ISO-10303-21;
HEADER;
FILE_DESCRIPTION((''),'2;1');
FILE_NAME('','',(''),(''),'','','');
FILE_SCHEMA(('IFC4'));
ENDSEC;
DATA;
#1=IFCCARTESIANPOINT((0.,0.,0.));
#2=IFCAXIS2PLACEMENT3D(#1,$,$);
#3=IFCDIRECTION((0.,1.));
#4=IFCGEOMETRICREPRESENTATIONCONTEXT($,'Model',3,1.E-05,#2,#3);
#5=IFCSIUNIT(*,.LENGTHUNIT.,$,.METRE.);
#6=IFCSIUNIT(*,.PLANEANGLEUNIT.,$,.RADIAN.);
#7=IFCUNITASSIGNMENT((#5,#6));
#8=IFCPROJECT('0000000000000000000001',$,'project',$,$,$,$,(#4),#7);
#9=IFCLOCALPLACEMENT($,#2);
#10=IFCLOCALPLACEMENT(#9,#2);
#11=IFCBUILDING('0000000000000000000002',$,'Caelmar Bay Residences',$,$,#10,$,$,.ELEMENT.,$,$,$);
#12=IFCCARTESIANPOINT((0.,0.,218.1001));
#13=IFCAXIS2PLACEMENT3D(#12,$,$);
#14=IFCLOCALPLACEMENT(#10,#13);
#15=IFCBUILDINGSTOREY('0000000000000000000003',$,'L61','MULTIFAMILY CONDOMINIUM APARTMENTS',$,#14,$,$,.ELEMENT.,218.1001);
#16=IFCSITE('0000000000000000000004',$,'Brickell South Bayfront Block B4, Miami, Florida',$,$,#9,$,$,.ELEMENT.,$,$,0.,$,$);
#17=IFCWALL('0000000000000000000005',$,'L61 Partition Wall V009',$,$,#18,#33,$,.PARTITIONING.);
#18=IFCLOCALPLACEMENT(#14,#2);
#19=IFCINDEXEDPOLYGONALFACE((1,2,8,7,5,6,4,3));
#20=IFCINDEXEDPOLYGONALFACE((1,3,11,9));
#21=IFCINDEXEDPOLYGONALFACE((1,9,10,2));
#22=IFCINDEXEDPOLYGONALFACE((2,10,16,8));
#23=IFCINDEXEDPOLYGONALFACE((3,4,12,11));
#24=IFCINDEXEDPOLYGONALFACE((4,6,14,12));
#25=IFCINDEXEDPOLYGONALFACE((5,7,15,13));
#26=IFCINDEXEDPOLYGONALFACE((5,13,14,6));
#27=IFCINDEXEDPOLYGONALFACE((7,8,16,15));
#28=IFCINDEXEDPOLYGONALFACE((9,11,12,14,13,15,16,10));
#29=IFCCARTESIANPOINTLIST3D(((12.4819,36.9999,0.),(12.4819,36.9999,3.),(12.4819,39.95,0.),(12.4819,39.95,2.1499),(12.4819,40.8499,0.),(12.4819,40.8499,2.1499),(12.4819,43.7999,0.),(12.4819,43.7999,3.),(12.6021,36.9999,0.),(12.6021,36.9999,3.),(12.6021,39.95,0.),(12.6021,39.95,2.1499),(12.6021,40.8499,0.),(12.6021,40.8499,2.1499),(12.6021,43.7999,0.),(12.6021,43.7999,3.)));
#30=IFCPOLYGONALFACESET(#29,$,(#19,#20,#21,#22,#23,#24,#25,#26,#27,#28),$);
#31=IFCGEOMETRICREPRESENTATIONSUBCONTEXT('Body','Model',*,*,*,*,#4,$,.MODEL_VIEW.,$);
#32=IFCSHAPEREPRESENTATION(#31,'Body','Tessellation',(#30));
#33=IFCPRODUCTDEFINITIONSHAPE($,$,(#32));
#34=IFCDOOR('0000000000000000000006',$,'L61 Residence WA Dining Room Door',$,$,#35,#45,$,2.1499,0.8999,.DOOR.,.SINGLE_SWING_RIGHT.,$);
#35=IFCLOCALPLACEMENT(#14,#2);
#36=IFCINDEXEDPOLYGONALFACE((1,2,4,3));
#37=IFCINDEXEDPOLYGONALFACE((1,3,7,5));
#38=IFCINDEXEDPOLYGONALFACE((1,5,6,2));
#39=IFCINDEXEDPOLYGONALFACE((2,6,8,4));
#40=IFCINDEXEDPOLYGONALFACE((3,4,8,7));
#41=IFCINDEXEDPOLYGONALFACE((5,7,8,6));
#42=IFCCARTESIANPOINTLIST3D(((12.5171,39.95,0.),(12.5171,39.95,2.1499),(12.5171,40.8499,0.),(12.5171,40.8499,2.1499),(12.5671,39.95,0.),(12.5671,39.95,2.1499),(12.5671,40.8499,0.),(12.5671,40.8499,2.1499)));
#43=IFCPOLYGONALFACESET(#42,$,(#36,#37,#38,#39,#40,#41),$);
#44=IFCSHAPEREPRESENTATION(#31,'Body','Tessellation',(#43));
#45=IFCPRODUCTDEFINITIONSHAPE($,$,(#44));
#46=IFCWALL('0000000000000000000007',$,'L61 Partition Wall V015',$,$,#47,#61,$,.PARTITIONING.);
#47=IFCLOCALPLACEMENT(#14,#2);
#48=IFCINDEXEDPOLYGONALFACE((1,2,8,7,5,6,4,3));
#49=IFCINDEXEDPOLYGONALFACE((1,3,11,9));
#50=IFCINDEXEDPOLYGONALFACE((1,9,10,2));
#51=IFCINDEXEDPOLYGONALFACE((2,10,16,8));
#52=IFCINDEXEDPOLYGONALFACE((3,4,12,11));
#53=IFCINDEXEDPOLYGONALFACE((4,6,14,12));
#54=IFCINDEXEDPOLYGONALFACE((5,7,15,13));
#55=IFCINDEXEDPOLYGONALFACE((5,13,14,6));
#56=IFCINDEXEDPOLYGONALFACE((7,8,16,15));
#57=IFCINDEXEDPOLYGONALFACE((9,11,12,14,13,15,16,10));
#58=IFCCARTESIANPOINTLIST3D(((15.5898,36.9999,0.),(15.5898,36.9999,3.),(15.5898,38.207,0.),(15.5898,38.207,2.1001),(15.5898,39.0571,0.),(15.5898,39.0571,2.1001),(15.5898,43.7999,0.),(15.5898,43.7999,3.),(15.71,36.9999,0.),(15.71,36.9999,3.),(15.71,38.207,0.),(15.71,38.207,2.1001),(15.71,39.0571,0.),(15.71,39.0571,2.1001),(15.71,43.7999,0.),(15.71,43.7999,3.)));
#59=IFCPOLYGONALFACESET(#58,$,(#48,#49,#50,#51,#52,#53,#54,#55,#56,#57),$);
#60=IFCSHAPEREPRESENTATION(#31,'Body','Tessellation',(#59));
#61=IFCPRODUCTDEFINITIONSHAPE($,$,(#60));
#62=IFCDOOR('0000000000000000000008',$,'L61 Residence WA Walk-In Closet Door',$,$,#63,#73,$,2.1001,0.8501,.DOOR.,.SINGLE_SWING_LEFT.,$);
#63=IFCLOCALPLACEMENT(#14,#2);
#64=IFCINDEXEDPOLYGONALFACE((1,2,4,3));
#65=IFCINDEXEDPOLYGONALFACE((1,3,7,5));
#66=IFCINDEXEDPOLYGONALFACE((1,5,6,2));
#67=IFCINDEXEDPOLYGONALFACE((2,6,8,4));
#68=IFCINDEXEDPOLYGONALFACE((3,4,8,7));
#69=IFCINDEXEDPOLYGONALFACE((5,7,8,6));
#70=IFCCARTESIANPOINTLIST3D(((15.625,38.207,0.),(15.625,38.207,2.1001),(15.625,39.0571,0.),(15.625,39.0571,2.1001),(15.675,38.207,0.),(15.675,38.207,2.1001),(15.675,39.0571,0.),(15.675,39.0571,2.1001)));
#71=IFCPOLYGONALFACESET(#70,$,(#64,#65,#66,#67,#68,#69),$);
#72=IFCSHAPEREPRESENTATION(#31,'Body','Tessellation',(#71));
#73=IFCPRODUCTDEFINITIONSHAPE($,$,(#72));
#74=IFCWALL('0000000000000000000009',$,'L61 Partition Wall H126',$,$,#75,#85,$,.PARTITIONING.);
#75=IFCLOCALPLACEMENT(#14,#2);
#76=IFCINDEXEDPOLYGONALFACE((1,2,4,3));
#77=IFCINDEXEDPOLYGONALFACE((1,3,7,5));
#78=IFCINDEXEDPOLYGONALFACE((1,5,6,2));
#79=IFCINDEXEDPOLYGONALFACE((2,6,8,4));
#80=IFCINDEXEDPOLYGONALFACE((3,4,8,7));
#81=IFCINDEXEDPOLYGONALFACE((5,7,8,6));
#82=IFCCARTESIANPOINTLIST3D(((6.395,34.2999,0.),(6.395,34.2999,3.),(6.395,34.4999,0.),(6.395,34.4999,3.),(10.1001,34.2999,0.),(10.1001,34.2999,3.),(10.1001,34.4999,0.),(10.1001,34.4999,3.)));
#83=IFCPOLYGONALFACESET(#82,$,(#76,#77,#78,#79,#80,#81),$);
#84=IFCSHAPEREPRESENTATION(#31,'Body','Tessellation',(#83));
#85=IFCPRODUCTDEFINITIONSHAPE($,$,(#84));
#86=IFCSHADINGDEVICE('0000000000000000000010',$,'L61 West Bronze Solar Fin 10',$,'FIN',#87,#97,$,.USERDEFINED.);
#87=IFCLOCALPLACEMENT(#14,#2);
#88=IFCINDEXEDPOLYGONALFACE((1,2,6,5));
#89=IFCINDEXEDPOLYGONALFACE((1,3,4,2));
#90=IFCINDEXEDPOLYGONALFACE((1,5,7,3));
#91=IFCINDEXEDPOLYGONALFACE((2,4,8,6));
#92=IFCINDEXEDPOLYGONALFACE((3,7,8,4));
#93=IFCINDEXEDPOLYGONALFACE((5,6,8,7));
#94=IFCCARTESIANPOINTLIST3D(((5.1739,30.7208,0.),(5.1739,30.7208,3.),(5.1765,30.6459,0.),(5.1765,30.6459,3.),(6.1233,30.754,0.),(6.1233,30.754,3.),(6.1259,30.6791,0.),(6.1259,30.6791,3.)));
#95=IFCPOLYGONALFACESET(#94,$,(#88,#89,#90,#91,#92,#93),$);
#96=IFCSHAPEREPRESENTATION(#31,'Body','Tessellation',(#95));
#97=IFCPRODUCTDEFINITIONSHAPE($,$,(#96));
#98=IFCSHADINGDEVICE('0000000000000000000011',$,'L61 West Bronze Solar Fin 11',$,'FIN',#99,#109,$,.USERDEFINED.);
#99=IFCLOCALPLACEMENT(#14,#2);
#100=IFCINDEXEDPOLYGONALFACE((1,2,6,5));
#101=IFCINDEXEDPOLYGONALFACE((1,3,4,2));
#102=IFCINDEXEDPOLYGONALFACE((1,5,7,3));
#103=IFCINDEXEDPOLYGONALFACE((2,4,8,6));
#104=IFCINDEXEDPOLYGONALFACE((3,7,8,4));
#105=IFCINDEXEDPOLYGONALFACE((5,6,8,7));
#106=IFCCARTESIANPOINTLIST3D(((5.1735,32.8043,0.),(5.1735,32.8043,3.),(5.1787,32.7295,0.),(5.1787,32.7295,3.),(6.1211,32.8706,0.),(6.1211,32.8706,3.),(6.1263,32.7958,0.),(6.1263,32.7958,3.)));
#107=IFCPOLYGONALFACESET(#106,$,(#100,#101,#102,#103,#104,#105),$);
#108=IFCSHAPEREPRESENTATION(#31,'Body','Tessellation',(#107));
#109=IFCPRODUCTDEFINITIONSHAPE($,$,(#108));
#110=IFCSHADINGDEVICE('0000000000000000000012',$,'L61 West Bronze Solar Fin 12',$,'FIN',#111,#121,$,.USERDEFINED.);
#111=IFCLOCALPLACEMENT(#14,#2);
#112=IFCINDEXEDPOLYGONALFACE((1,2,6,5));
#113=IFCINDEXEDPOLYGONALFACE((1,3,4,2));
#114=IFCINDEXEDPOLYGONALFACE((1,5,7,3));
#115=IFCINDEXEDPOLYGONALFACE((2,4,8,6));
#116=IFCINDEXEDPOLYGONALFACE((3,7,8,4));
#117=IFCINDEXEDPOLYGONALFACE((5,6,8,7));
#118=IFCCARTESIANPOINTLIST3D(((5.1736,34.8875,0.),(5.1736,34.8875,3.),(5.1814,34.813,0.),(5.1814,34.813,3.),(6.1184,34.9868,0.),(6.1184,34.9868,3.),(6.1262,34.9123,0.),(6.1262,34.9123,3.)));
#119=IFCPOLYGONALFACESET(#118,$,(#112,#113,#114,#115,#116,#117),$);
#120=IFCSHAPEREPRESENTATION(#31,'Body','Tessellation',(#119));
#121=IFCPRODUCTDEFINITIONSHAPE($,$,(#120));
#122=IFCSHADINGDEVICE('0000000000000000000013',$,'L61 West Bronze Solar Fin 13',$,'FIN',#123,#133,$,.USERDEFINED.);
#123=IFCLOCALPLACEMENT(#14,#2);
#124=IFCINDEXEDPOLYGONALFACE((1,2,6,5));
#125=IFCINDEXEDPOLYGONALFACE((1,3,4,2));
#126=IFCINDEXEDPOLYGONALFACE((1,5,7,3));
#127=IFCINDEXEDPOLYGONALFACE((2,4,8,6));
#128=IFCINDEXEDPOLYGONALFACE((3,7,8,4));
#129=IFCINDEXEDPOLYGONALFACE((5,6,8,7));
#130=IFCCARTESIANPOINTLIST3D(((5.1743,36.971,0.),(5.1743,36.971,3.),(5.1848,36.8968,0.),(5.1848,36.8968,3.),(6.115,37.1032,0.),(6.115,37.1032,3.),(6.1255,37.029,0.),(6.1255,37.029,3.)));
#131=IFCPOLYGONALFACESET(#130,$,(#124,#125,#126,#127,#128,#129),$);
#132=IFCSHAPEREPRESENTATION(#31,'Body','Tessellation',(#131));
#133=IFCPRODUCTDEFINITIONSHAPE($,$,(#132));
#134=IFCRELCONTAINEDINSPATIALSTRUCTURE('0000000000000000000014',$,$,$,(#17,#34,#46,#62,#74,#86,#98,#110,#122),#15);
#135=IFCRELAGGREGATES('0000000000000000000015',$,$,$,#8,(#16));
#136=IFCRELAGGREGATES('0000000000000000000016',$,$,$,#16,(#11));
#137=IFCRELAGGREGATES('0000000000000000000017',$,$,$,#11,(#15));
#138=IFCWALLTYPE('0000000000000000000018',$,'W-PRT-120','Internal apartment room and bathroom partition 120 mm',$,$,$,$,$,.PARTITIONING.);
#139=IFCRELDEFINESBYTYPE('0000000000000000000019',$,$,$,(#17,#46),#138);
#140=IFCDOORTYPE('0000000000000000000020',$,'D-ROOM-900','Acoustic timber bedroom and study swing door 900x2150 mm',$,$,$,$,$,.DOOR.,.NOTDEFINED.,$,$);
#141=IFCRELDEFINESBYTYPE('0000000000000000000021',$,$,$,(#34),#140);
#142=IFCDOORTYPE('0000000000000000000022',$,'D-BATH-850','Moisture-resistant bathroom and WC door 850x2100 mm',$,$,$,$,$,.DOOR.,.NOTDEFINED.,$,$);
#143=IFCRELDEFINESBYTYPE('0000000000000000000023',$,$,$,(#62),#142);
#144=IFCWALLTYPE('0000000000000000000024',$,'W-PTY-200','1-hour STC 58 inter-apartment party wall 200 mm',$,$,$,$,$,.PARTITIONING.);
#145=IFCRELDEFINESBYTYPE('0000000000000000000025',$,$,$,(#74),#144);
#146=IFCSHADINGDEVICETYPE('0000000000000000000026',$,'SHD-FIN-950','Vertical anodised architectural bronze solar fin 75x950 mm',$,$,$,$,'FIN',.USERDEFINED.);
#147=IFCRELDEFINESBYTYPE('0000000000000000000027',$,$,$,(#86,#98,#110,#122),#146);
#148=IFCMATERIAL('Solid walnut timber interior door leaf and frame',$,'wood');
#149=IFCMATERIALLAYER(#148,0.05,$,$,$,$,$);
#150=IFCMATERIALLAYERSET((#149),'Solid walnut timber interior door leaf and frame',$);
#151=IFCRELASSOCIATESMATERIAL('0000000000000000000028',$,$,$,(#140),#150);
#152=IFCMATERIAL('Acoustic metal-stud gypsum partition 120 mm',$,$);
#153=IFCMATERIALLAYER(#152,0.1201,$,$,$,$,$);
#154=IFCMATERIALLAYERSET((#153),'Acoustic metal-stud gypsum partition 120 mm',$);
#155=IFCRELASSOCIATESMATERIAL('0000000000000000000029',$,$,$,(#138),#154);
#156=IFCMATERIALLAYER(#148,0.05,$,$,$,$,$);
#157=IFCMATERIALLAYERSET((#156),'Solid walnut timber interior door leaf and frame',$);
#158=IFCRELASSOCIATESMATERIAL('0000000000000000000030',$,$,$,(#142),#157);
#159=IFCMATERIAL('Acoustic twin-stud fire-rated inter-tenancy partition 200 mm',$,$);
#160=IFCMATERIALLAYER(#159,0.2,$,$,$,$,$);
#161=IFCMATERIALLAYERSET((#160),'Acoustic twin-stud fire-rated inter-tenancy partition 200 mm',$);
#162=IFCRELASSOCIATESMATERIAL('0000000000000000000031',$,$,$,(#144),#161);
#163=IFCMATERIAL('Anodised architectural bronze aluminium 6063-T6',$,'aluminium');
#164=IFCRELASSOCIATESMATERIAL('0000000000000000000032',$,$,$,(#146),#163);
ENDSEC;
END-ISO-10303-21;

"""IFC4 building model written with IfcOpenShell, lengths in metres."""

from ifc_helpers import new_model, si_unit, direction, frame, frame_2d, origin, origin_2d, place, context, subcontext, project, spatial, rectangle, extrude, material, layer, layer_set, material_profile, profile_set, type_object, element, fill, save


model = new_model("IFC4")

# Units and contexts
model_context = context("Model", 3, precision=1e-05, world=origin(), true_north=direction((0.0, 1.0)))
body_context = subcontext(model_context, "Body", "Model", "MODEL_VIEW")
ifc_project = project(units=[si_unit("LENGTHUNIT", "METRE"), si_unit("PLANEANGLEUNIT", "RADIAN")], contexts=[model_context])

# Site, building, storey
site_placement = place(None, origin())
site = spatial("IfcSite", under=ifc_project, at=site_placement, Name="Brickell South Bayfront Block B4, Miami, Florida", CompositionType="ELEMENT", RefElevation=0.0)
building_placement = place(site_placement, origin())
building = spatial("IfcBuilding", under=site, at=building_placement, Name="Caelmar Bay Residences", CompositionType="ELEMENT")
storey_placement = place(building_placement, frame((0.0, 0.0, 218.1001)))
storey = spatial("IfcBuildingStorey", under=building, at=storey_placement, Name="L61", Description="MULTIFAMILY CONDOMINIUM APARTMENTS", CompositionType="ELEMENT", Elevation=218.1001)

# Walls, openings, doors
ifc_material_1 = material(Name="Solid walnut timber interior door leaf and frame", Category="wood")
ifc_layer_1 = layer(ifc_material_1, 0.05)
ifc_layer_set_1 = layer_set([ifc_layer_1], Name="Solid walnut timber interior door leaf and frame")
door_type_1 = type_object("IfcDoorType", Name="D-ROOM-900", Description="Acoustic timber bedroom and study swing door 900x2150 mm", OperationType="NOTDEFINED", PredefinedType="DOOR", material=ifc_layer_set_1)
ifc_material_2 = material(Name="Acoustic metal-stud gypsum partition 120 mm")
ifc_layer_2 = layer(ifc_material_2, 0.1201)
ifc_layer_set_2 = layer_set([ifc_layer_2], Name="Acoustic metal-stud gypsum partition 120 mm")
wall_type_1 = type_object("IfcWallType", Name="W-PRT-120", Description="Internal apartment room and bathroom partition 120 mm", PredefinedType="PARTITIONING", material=ifc_layer_set_2)
wall_1_placement = place(storey_placement, frame((12.542, 37.0, 0.0), z_axis=(0.0, 0.0, 1.0), x_axis=(0.0, 1.0, 0.0)))
wall_1 = element("IfcWall", 1, at=wall_1_placement, inside=storey, type_object=wall_type_1, Name="L61 Partition Wall V009", PredefinedType="PARTITIONING", context=body_context, shape_type="SweptSolid", body=[
    extrude(rectangle(XDim=6.8, YDim=0.1201, at=frame_2d((3.3999, 0.0))), origin(), (0.0, 0.0, 1.0), 3.0),
])
opening_1_placement = place(wall_1_placement, frame((2.95, 0.0, 0.0)))
opening_1 = element("IfcOpeningElement", 2, at=opening_1_placement, cuts=wall_1, PredefinedType="OPENING", context=body_context, shape_type="SweptSolid", body=[
    extrude(rectangle(XDim=0.8999, YDim=2.1499, at=frame_2d((0.45, 1.075))), frame((0.0, 0.0701, 0.0), z_axis=(0.0, -1.0, 0.0), x_axis=(1.0, 0.0, 0.0)), (0.0, 0.0, 1.0), 0.1401),
])
door_1_placement = place(opening_1_placement, origin())
door_1 = element("IfcDoor", 3, at=door_1_placement, inside=storey, type_object=door_type_1, Name="L61 Residence WA Dining Room Door", OperationType="SINGLE_SWING_RIGHT", OverallHeight=2.1499, OverallWidth=0.8999, PredefinedType="DOOR", context=body_context, shape_type="SweptSolid", body=[
    extrude(rectangle(XDim=0.8999, YDim=2.1499, at=frame_2d((0.45, 1.075))), frame((0.0, 0.0249, 0.0), z_axis=(0.0, -1.0, 0.0), x_axis=(1.0, 0.0, 0.0)), (0.0, 0.0, 1.0), 0.05),
])
fill(opening_1, door_1)
wall_2_placement = place(storey_placement, frame((15.6499, 37.0, 0.0), z_axis=(0.0, 0.0, 1.0), x_axis=(0.0, 1.0, 0.0)))
wall_2 = element("IfcWall", 4, at=wall_2_placement, inside=storey, type_object=wall_type_1, Name="L61 Partition Wall V015", PredefinedType="PARTITIONING", context=body_context, shape_type="SweptSolid", body=[
    extrude(rectangle(XDim=6.8, YDim=0.1201, at=frame_2d((3.3999, 0.0))), origin(), (0.0, 0.0, 1.0), 3.0),
])
opening_2_placement = place(wall_2_placement, frame((1.207, 0.0, 0.0)))
opening_2 = element("IfcOpeningElement", 5, at=opening_2_placement, cuts=wall_2, PredefinedType="OPENING", context=body_context, shape_type="SweptSolid", body=[
    extrude(rectangle(XDim=0.8501, YDim=2.1001, at=frame_2d((0.425, 1.05))), frame((0.0, 0.0701, 0.0), z_axis=(0.0, -1.0, 0.0), x_axis=(1.0, 0.0, 0.0)), (0.0, 0.0, 1.0), 0.1401),
])
ifc_layer_3 = layer(ifc_material_1, 0.05)
ifc_layer_set_3 = layer_set([ifc_layer_3], Name="Solid walnut timber interior door leaf and frame")
door_type_2 = type_object("IfcDoorType", Name="D-BATH-850", Description="Moisture-resistant bathroom and WC door 850x2100 mm", OperationType="NOTDEFINED", PredefinedType="DOOR", material=ifc_layer_set_3)
door_2_placement = place(opening_2_placement, origin())
door_2 = element("IfcDoor", 6, at=door_2_placement, inside=storey, type_object=door_type_2, Name="L61 Residence WA Walk-In Closet Door", OperationType="SINGLE_SWING_LEFT", OverallHeight=2.1001, OverallWidth=0.8501, PredefinedType="DOOR", context=body_context, shape_type="SweptSolid", body=[
    extrude(rectangle(XDim=0.8501, YDim=2.1001, at=frame_2d((0.425, 1.05))), frame((0.0, 0.0249, 0.0), z_axis=(0.0, -1.0, 0.0), x_axis=(1.0, 0.0, 0.0)), (0.0, 0.0, 1.0), 0.05),
])
fill(opening_2, door_2)

# Wall
ifc_material_3 = material(Name="Acoustic twin-stud fire-rated inter-tenancy partition 200 mm")
ifc_layer_4 = layer(ifc_material_3, 0.2)
ifc_layer_set_4 = layer_set([ifc_layer_4], Name="Acoustic twin-stud fire-rated inter-tenancy partition 200 mm")
wall_type_2 = type_object("IfcWallType", Name="W-PTY-200", Description="1-hour STC 58 inter-apartment party wall 200 mm", PredefinedType="PARTITIONING", material=ifc_layer_set_4)
wall_3_placement = place(storey_placement, frame((6.395, 34.3999, 0.0), z_axis=(0.0, 0.0, 1.0), x_axis=(1.0, 0.0, 0.0)))
element("IfcWall", 7, at=wall_3_placement, inside=storey, type_object=wall_type_2, Name="L61 Partition Wall H126", PredefinedType="PARTITIONING", context=body_context, shape_type="SweptSolid", body=[
    extrude(rectangle(XDim=3.7051, YDim=0.2, at=frame_2d((1.8525, 0.0))), origin(), (0.0, 0.0, 1.0), 3.0),
])

# Shading devices
ifc_material_4 = material(Name="Anodised architectural bronze aluminium 6063-T6", Category="aluminium")
ifc_material_profile_1 = material_profile(ifc_material_4, rectangle(XDim=0.075, YDim=0.95, at=origin_2d()), Name="BRONZE-FIN-75X950")
ifc_profile_set_1 = profile_set([ifc_material_profile_1], Name="Anodised architectural bronze aluminium 6063-T6")
shading_device_type = type_object("IfcShadingDeviceType", Name="SHD-FIN-950", Description="Vertical anodised architectural bronze solar fin 75x950 mm", ElementType="FIN", PredefinedType="USERDEFINED", material=ifc_profile_set_1)
for number, where, z_axis, x_axis, name in (
    (8, (5.6499, 30.7, 0.0), (0.0, 0.0, 1.0), (-0.034899, 0.999391, 0.0), "L61 West Bronze Solar Fin 10"),
    (9, (5.6499, 32.8, 0.0), (0.0, 0.0, 1.0), (-0.069756, 0.997564, 0.0), "L61 West Bronze Solar Fin 11"),
    (10, (5.6499, 34.8999, 0.0), (0.0, 0.0, 1.0), (-0.104528, 0.994522, 0.0), "L61 West Bronze Solar Fin 12"),
    (11, (5.6499, 37.0, 0.0), (0.0, 0.0, 1.0), (-0.139173, 0.990268, 0.0), "L61 West Bronze Solar Fin 13"),
):
    element("IfcShadingDevice", number, at=place(storey_placement, frame(where, z_axis=z_axis, x_axis=x_axis)), inside=storey, type_object=shading_device_type, Name=name, ObjectType="FIN", PredefinedType="USERDEFINED", context=body_context, shape_type="SweptSolid", body=[
        extrude(rectangle(XDim=0.075, YDim=0.95, at=origin_2d()), origin(), (0.0, 0.0, 1.0), 3.0),
    ])

save(model, "model.ifc")
